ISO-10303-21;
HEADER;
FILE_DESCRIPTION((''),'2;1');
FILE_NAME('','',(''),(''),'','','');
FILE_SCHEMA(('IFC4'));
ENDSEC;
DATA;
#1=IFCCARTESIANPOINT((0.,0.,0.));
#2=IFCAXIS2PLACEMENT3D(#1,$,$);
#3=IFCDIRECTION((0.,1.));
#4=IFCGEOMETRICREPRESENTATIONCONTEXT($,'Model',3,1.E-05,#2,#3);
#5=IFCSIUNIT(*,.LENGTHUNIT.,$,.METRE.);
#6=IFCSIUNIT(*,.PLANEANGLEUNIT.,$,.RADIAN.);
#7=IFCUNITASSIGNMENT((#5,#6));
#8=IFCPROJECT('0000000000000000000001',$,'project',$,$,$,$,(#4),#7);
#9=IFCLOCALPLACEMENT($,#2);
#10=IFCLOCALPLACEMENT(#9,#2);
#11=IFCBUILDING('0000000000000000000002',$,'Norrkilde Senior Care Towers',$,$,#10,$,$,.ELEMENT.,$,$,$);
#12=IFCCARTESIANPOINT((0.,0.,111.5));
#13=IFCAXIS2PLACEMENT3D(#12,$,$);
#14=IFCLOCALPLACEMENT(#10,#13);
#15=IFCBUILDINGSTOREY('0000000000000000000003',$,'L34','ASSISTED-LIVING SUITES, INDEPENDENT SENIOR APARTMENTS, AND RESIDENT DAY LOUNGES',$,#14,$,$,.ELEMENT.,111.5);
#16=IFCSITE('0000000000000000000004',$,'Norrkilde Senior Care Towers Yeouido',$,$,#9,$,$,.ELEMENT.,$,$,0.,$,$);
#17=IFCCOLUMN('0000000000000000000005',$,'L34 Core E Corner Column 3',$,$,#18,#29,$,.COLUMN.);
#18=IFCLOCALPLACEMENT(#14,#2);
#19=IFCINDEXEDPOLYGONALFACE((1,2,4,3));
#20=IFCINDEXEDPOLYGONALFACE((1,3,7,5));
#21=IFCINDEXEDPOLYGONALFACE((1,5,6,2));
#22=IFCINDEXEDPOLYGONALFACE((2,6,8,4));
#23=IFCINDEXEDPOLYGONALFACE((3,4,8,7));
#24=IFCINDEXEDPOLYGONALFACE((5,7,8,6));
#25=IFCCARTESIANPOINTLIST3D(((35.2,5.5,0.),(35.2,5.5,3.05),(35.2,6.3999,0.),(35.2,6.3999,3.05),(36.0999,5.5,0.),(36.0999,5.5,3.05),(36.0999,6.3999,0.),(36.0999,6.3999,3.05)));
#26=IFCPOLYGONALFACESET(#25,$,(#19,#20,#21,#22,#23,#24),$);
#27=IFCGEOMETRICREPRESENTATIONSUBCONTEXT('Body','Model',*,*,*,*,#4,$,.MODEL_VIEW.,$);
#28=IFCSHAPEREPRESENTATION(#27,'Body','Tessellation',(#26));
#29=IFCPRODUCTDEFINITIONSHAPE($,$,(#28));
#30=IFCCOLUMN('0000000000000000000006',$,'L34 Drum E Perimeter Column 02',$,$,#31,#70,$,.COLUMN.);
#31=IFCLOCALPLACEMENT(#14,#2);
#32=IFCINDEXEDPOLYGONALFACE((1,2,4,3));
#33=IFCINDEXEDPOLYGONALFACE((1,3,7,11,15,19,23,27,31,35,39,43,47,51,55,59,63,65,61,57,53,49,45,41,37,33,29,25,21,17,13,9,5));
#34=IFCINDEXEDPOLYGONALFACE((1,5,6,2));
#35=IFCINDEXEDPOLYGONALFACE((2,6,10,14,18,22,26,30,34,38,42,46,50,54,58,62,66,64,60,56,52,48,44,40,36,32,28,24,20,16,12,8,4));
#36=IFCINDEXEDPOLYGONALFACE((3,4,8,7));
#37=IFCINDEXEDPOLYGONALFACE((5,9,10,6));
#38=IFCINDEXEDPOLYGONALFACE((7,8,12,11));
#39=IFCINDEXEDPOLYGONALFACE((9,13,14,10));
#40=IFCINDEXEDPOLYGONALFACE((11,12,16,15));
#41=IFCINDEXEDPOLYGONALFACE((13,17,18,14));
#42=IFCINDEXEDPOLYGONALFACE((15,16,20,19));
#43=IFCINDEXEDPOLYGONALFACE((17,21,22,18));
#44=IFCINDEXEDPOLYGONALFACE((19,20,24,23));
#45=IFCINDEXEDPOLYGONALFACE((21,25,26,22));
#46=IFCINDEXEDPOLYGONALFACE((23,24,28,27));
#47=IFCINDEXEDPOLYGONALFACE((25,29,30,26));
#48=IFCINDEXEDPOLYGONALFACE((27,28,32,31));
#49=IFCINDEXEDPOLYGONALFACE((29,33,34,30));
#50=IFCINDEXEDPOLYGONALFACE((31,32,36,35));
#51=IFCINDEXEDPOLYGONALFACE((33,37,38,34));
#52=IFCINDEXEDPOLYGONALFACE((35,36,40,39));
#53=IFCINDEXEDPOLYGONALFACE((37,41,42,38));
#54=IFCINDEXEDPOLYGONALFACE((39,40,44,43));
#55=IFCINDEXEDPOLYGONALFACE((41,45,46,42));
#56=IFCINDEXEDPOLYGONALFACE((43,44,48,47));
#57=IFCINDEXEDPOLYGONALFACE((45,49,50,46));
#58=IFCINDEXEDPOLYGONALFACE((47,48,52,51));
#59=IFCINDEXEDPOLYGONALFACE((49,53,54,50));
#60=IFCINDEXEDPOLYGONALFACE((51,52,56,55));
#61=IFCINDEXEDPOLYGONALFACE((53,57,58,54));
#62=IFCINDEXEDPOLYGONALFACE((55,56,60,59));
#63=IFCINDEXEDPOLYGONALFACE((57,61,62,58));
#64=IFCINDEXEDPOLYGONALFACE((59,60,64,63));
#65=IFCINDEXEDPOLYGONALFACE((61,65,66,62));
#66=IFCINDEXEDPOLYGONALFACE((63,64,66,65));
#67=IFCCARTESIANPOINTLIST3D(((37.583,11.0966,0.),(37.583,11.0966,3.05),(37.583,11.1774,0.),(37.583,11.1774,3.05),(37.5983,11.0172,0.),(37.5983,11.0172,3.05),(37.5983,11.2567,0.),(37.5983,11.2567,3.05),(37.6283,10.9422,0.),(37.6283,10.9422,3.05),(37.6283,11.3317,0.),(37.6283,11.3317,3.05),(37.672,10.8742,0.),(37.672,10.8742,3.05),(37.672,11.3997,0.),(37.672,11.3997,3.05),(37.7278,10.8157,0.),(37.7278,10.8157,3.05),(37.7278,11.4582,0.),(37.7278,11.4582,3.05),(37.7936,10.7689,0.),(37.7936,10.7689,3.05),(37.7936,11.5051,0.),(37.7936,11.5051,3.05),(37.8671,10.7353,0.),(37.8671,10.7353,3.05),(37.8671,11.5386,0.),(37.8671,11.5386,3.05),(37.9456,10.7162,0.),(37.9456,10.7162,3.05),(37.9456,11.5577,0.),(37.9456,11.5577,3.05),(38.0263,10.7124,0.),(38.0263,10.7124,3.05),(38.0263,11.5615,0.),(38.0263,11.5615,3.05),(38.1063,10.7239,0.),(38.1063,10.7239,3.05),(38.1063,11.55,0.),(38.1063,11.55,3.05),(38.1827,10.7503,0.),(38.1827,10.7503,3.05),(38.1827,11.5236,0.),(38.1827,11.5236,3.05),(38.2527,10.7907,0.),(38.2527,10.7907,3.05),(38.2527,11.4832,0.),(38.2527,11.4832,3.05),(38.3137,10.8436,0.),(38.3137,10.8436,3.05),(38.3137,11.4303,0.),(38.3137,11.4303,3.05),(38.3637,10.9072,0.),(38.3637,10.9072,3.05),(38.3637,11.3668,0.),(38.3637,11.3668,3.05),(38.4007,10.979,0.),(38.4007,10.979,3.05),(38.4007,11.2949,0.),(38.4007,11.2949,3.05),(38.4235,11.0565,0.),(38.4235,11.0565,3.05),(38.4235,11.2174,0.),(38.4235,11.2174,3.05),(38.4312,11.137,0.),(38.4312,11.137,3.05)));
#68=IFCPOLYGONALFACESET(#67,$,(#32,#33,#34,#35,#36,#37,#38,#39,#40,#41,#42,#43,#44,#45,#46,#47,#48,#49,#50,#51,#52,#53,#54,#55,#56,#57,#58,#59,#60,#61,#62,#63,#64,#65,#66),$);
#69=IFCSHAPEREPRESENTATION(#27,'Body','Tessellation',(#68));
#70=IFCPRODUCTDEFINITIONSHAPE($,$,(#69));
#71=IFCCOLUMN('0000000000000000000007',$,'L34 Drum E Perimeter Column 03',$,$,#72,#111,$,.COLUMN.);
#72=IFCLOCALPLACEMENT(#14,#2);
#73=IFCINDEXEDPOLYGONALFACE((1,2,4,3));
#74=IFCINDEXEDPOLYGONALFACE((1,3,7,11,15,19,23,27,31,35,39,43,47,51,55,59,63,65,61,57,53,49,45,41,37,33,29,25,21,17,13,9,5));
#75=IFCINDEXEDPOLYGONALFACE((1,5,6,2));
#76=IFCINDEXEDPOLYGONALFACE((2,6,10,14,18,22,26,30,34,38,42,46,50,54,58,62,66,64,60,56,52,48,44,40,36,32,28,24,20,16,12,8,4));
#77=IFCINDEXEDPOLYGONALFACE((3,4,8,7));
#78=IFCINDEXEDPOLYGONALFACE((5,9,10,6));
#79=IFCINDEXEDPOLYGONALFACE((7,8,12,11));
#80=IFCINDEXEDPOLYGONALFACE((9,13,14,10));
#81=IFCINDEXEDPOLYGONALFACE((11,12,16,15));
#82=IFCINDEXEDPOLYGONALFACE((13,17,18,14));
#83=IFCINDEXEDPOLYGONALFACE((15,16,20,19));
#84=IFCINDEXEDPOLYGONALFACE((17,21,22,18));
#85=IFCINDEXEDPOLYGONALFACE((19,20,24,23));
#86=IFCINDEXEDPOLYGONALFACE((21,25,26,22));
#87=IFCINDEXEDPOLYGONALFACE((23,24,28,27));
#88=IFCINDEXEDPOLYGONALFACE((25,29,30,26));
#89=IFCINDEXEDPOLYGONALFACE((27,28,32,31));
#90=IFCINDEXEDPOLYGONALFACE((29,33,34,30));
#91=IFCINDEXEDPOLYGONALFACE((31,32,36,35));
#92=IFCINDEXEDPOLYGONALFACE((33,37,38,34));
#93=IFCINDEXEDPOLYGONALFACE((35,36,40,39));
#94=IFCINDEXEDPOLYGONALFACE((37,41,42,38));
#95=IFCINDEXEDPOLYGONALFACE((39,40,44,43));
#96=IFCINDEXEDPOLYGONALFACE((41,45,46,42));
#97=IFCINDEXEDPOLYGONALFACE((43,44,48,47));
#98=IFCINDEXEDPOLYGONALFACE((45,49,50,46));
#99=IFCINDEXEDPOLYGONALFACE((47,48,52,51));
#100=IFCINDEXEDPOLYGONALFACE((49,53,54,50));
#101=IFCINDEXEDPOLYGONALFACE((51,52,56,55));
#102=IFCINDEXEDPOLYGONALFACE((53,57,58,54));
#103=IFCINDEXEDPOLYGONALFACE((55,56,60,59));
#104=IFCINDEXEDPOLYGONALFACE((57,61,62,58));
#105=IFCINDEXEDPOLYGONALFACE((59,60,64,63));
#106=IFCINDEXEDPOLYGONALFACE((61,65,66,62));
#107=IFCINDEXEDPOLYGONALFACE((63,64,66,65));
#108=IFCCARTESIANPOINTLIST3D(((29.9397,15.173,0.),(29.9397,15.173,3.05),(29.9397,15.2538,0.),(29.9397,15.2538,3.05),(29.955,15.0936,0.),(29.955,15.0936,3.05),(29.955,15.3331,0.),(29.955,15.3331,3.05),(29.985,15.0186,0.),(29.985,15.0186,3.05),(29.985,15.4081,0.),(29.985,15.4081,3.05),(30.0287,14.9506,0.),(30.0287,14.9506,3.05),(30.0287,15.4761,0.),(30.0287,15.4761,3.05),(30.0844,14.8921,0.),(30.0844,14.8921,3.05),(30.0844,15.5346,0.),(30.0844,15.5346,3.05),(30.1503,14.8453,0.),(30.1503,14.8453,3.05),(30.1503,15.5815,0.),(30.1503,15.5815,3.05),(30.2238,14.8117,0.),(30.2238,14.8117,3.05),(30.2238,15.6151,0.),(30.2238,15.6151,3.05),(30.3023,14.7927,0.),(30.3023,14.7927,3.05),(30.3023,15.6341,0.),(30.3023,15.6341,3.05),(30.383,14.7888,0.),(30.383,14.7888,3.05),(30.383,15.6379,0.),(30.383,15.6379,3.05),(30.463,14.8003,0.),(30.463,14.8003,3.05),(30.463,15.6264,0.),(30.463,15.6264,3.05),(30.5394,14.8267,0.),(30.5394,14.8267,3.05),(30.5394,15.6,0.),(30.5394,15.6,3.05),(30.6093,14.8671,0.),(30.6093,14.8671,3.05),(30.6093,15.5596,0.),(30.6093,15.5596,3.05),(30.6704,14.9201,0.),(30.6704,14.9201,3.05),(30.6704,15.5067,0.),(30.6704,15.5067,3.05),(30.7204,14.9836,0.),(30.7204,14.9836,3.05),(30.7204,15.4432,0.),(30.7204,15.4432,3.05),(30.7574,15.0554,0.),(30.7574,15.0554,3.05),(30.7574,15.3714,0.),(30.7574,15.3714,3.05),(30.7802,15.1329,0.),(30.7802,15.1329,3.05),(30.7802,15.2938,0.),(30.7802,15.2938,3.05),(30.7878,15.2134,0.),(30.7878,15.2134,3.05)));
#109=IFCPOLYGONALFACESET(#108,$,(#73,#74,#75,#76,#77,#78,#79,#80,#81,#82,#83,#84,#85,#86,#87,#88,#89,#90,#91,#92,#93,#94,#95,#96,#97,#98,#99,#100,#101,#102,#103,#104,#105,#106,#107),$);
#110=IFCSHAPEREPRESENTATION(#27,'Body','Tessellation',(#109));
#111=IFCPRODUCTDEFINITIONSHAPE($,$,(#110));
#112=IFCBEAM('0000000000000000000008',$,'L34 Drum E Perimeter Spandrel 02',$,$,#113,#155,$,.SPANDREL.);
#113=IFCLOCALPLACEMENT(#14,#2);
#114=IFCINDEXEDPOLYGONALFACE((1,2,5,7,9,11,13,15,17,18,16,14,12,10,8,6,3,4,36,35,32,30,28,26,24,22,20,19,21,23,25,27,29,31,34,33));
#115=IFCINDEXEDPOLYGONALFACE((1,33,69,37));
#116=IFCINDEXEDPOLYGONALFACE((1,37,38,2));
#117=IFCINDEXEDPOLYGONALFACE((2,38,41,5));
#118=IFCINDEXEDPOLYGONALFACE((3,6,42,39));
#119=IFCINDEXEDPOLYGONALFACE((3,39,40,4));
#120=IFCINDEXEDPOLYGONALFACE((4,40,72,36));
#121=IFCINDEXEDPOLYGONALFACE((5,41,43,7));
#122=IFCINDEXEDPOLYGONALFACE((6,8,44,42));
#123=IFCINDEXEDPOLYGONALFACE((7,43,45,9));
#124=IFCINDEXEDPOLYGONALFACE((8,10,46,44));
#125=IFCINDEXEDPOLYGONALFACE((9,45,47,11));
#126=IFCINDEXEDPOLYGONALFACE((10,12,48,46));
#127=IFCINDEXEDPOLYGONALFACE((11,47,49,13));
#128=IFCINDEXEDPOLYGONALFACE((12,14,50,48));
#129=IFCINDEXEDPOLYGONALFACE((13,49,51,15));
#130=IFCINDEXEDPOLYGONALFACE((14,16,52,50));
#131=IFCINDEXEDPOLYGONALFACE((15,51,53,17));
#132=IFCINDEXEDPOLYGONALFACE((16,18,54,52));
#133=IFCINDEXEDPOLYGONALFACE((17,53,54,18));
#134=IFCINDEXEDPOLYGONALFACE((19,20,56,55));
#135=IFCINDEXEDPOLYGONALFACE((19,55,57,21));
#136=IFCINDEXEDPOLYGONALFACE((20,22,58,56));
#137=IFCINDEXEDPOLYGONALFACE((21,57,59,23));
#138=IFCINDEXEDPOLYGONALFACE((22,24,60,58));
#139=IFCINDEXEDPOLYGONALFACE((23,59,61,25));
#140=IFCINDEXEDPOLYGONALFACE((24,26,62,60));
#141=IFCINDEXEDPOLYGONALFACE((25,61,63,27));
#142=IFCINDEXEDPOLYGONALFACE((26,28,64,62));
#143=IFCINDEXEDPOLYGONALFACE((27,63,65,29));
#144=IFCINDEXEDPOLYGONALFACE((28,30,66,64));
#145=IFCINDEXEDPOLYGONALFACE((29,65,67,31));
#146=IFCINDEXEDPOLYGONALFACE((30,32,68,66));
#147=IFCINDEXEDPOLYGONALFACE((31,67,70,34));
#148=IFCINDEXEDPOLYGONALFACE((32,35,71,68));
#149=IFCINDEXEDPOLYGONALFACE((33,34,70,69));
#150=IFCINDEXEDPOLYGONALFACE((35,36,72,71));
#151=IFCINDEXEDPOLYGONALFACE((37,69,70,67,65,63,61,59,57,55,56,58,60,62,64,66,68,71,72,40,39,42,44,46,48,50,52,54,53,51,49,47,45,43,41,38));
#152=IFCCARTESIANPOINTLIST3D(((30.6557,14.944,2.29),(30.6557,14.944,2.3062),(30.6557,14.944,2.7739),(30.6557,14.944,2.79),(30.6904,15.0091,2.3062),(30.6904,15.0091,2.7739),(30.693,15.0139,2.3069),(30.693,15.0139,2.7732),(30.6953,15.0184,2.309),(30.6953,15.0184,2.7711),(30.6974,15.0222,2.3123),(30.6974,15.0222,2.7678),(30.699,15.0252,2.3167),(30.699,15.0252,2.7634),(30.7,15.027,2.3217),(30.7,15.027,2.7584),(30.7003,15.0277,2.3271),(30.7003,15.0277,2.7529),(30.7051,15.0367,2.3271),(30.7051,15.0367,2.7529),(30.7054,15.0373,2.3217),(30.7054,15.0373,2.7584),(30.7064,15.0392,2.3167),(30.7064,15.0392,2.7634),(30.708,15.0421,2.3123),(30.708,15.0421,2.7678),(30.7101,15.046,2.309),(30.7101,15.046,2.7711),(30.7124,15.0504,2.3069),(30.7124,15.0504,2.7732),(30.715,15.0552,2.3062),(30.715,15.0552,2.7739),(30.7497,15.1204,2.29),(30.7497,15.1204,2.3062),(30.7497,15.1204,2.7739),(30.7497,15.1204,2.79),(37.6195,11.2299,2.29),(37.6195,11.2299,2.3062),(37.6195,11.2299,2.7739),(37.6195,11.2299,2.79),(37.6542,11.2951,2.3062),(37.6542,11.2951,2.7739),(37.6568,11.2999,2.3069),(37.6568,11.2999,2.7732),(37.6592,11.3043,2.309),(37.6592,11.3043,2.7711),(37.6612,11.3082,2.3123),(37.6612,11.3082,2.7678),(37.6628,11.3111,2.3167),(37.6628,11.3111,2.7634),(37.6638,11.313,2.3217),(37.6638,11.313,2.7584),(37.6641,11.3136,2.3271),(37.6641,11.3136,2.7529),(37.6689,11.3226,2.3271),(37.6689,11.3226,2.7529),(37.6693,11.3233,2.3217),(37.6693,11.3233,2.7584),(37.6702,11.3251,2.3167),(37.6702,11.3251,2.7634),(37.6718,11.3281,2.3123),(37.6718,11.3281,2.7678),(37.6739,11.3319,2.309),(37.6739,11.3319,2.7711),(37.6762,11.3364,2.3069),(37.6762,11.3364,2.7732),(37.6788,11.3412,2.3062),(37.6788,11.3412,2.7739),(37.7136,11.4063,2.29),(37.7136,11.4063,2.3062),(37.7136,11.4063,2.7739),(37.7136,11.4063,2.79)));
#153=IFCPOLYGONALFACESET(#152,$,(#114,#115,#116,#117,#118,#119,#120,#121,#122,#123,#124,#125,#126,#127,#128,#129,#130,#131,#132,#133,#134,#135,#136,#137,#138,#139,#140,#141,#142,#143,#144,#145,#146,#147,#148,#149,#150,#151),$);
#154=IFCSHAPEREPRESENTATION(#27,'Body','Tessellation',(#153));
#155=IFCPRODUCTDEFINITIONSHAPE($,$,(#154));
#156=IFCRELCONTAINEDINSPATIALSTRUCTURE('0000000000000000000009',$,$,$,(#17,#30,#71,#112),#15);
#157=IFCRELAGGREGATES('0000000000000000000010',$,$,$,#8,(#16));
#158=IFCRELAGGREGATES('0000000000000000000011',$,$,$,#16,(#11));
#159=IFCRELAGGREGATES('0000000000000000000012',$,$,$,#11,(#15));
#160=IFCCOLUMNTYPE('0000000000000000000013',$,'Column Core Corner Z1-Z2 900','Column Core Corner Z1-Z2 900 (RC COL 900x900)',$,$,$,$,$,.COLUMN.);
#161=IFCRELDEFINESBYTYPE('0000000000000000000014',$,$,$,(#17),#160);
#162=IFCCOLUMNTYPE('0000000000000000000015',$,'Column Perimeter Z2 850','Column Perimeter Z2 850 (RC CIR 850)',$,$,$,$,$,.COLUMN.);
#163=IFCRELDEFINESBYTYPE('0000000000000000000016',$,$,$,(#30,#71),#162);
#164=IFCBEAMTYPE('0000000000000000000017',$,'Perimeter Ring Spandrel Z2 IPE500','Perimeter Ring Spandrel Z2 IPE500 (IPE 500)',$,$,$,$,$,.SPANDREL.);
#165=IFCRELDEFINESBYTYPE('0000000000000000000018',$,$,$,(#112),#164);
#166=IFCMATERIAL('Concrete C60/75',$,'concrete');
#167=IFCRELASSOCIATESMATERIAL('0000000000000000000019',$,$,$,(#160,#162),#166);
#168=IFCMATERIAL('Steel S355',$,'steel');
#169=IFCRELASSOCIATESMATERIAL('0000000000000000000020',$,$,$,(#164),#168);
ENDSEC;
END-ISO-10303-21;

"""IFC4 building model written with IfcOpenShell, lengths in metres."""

from ifc_helpers import new_model, si_unit, direction, frame, origin, origin_2d, place, context, subcontext, project, spatial, rectangle, circle, i_section, extrude, source, transform, mapped, material, material_profile, profile_set, type_object, type_shapes, element, save


model = new_model("IFC4")

# Units and contexts
model_context = context("Model", 3, precision=1e-05, world=origin(), true_north=direction((0.0, 1.0)))
body_context = subcontext(model_context, "Body", "Model", "MODEL_VIEW")
ifc_project = project(units=[si_unit("LENGTHUNIT", "METRE"), si_unit("PLANEANGLEUNIT", "RADIAN")], contexts=[model_context])

# Site, building, storey
site_placement = place(None, origin())
site = spatial("IfcSite", under=ifc_project, at=site_placement, Name="Norrkilde Senior Care Towers Yeouido", CompositionType="ELEMENT", RefElevation=0.0)
building_placement = place(site_placement, origin())
building = spatial("IfcBuilding", under=site, at=building_placement, Name="Norrkilde Senior Care Towers", CompositionType="ELEMENT")
storey_placement = place(building_placement, frame((0.0, 0.0, 111.5)))
storey = spatial("IfcBuildingStorey", under=building, at=storey_placement, Name="L34", Description="ASSISTED-LIVING SUITES, INDEPENDENT SENIOR APARTMENTS, AND RESIDENT DAY LOUNGES", CompositionType="ELEMENT", Elevation=111.5)

# Columns
ifc_material_1 = material(Name="Concrete C60/75", Category="concrete")
ifc_material_profile_1 = material_profile(ifc_material_1, rectangle(XDim=0.8999, YDim=0.8999, at=origin_2d()), Name="RC COL 900x900")
ifc_profile_set_1 = profile_set([ifc_material_profile_1], Name="Concrete C60/75")
column_type_1 = type_object("IfcColumnType", Name="Column Core Corner Z1-Z2 900", Description="Column Core Corner Z1-Z2 900 (RC COL 900x900)", PredefinedType="COLUMN", material=ifc_profile_set_1)
shared_shape_1 = source(origin(), body_context, "Body", "SweptSolid", [
    extrude(rectangle(XDim=0.8999, YDim=0.8999, at=origin_2d()), origin(), (0.0, 0.0, 1.0), 3.05),
])
type_shapes(column_type_1, [shared_shape_1])
column_placement = place(storey_placement, frame((35.6499, 5.95, 0.0), z_axis=(0.0, 0.0, 1.0), x_axis=(1.0, 0.0, 0.0)))
element("IfcColumn", 1, at=column_placement, inside=storey, type_object=column_type_1, Name="L34 Core E Corner Column 3", PredefinedType="COLUMN", context=body_context, shape_type="MappedRepresentation", body=[
    mapped(shared_shape_1, transform((0.0, 0.0, 0.0), x_axis=(1.0, 0.0, 0.0), y_axis=(0.0, 1.0, 0.0), z_axis=(0.0, 0.0, 1.0), scale=1.0)),
])
ifc_material_profile_2 = material_profile(ifc_material_1, circle(Radius=0.425, at=origin_2d()), Name="RC CIR 850")
ifc_profile_set_2 = profile_set([ifc_material_profile_2], Name="Concrete C60/75")
column_type_2 = type_object("IfcColumnType", Name="Column Perimeter Z2 850", Description="Column Perimeter Z2 850 (RC CIR 850)", PredefinedType="COLUMN", material=ifc_profile_set_2)
shared_shape_2 = source(origin(), body_context, "Body", "SweptSolid", [
    extrude(circle(Radius=0.425, at=origin_2d()), origin(), (0.0, 0.0, 1.0), 3.05),
])
type_shapes(column_type_2, [shared_shape_2])
for number, where, z_axis, x_axis, name in (
    (2, (38.0061, 11.137, 0.0), (0.0, 0.0, 1.0), (1.0, 0.0, 0.0), "L34 Drum E Perimeter Column 02"),
    (3, (30.3628, 15.2134, 0.0), (0.0, 0.0, 1.0), (1.0, 0.0, 0.0), "L34 Drum E Perimeter Column 03"),
):
    element("IfcColumn", number, at=place(storey_placement, frame(where, z_axis=z_axis, x_axis=x_axis)), inside=storey, type_object=column_type_2, Name=name, PredefinedType="COLUMN", context=body_context, shape_type="MappedRepresentation", body=[
        mapped(shared_shape_2, transform((0.0, 0.0, 0.0), x_axis=(1.0, 0.0, 0.0), y_axis=(0.0, 1.0, 0.0), z_axis=(0.0, 0.0, 1.0), scale=1.0)),
    ])

# Beam
ifc_material_2 = material(Name="Steel S355", Category="steel")
ifc_material_profile_3 = material_profile(ifc_material_2, i_section(OverallWidth=0.2, OverallDepth=0.5, WebThickness=0.0103, FlangeThickness=0.0161, FilletRadius=0.021, at=origin_2d()), Name="IPE 500")
ifc_profile_set_3 = profile_set([ifc_material_profile_3], Name="Steel S355")
beam_type_1 = type_object("IfcBeamType", Name="Perimeter Ring Spandrel Z2 IPE500", Description="Perimeter Ring Spandrel Z2 IPE500 (IPE 500)", PredefinedType="SPANDREL", material=ifc_profile_set_3)
shared_shape_3 = source(origin(), body_context, "Body", "SweptSolid", [
    extrude(i_section(OverallWidth=0.2, OverallDepth=0.5, WebThickness=0.0103, FlangeThickness=0.0161, FilletRadius=0.021, at=origin_2d()), origin(), (0.0, 0.0, 1.0), 7.8923),
])
beam_1_placement = place(storey_placement, frame((37.6665, 11.3181, 2.54), z_axis=(-0.88235, 0.470593, 0.0), x_axis=(-0.470593, -0.88235, 0.0)))
element("IfcBeam", 4, at=beam_1_placement, inside=storey, type_object=beam_type_1, Name="L34 Drum E Perimeter Spandrel 02", PredefinedType="SPANDREL", context=body_context, shape_type="MappedRepresentation", body=[
    mapped(shared_shape_3, transform((0.0, 0.0, 0.0), x_axis=(1.0, 0.0, 0.0), y_axis=(0.0, 1.0, 0.0), z_axis=(0.0, 0.0, 1.0), scale=1.0)),
])

save(model, "model.ifc")
